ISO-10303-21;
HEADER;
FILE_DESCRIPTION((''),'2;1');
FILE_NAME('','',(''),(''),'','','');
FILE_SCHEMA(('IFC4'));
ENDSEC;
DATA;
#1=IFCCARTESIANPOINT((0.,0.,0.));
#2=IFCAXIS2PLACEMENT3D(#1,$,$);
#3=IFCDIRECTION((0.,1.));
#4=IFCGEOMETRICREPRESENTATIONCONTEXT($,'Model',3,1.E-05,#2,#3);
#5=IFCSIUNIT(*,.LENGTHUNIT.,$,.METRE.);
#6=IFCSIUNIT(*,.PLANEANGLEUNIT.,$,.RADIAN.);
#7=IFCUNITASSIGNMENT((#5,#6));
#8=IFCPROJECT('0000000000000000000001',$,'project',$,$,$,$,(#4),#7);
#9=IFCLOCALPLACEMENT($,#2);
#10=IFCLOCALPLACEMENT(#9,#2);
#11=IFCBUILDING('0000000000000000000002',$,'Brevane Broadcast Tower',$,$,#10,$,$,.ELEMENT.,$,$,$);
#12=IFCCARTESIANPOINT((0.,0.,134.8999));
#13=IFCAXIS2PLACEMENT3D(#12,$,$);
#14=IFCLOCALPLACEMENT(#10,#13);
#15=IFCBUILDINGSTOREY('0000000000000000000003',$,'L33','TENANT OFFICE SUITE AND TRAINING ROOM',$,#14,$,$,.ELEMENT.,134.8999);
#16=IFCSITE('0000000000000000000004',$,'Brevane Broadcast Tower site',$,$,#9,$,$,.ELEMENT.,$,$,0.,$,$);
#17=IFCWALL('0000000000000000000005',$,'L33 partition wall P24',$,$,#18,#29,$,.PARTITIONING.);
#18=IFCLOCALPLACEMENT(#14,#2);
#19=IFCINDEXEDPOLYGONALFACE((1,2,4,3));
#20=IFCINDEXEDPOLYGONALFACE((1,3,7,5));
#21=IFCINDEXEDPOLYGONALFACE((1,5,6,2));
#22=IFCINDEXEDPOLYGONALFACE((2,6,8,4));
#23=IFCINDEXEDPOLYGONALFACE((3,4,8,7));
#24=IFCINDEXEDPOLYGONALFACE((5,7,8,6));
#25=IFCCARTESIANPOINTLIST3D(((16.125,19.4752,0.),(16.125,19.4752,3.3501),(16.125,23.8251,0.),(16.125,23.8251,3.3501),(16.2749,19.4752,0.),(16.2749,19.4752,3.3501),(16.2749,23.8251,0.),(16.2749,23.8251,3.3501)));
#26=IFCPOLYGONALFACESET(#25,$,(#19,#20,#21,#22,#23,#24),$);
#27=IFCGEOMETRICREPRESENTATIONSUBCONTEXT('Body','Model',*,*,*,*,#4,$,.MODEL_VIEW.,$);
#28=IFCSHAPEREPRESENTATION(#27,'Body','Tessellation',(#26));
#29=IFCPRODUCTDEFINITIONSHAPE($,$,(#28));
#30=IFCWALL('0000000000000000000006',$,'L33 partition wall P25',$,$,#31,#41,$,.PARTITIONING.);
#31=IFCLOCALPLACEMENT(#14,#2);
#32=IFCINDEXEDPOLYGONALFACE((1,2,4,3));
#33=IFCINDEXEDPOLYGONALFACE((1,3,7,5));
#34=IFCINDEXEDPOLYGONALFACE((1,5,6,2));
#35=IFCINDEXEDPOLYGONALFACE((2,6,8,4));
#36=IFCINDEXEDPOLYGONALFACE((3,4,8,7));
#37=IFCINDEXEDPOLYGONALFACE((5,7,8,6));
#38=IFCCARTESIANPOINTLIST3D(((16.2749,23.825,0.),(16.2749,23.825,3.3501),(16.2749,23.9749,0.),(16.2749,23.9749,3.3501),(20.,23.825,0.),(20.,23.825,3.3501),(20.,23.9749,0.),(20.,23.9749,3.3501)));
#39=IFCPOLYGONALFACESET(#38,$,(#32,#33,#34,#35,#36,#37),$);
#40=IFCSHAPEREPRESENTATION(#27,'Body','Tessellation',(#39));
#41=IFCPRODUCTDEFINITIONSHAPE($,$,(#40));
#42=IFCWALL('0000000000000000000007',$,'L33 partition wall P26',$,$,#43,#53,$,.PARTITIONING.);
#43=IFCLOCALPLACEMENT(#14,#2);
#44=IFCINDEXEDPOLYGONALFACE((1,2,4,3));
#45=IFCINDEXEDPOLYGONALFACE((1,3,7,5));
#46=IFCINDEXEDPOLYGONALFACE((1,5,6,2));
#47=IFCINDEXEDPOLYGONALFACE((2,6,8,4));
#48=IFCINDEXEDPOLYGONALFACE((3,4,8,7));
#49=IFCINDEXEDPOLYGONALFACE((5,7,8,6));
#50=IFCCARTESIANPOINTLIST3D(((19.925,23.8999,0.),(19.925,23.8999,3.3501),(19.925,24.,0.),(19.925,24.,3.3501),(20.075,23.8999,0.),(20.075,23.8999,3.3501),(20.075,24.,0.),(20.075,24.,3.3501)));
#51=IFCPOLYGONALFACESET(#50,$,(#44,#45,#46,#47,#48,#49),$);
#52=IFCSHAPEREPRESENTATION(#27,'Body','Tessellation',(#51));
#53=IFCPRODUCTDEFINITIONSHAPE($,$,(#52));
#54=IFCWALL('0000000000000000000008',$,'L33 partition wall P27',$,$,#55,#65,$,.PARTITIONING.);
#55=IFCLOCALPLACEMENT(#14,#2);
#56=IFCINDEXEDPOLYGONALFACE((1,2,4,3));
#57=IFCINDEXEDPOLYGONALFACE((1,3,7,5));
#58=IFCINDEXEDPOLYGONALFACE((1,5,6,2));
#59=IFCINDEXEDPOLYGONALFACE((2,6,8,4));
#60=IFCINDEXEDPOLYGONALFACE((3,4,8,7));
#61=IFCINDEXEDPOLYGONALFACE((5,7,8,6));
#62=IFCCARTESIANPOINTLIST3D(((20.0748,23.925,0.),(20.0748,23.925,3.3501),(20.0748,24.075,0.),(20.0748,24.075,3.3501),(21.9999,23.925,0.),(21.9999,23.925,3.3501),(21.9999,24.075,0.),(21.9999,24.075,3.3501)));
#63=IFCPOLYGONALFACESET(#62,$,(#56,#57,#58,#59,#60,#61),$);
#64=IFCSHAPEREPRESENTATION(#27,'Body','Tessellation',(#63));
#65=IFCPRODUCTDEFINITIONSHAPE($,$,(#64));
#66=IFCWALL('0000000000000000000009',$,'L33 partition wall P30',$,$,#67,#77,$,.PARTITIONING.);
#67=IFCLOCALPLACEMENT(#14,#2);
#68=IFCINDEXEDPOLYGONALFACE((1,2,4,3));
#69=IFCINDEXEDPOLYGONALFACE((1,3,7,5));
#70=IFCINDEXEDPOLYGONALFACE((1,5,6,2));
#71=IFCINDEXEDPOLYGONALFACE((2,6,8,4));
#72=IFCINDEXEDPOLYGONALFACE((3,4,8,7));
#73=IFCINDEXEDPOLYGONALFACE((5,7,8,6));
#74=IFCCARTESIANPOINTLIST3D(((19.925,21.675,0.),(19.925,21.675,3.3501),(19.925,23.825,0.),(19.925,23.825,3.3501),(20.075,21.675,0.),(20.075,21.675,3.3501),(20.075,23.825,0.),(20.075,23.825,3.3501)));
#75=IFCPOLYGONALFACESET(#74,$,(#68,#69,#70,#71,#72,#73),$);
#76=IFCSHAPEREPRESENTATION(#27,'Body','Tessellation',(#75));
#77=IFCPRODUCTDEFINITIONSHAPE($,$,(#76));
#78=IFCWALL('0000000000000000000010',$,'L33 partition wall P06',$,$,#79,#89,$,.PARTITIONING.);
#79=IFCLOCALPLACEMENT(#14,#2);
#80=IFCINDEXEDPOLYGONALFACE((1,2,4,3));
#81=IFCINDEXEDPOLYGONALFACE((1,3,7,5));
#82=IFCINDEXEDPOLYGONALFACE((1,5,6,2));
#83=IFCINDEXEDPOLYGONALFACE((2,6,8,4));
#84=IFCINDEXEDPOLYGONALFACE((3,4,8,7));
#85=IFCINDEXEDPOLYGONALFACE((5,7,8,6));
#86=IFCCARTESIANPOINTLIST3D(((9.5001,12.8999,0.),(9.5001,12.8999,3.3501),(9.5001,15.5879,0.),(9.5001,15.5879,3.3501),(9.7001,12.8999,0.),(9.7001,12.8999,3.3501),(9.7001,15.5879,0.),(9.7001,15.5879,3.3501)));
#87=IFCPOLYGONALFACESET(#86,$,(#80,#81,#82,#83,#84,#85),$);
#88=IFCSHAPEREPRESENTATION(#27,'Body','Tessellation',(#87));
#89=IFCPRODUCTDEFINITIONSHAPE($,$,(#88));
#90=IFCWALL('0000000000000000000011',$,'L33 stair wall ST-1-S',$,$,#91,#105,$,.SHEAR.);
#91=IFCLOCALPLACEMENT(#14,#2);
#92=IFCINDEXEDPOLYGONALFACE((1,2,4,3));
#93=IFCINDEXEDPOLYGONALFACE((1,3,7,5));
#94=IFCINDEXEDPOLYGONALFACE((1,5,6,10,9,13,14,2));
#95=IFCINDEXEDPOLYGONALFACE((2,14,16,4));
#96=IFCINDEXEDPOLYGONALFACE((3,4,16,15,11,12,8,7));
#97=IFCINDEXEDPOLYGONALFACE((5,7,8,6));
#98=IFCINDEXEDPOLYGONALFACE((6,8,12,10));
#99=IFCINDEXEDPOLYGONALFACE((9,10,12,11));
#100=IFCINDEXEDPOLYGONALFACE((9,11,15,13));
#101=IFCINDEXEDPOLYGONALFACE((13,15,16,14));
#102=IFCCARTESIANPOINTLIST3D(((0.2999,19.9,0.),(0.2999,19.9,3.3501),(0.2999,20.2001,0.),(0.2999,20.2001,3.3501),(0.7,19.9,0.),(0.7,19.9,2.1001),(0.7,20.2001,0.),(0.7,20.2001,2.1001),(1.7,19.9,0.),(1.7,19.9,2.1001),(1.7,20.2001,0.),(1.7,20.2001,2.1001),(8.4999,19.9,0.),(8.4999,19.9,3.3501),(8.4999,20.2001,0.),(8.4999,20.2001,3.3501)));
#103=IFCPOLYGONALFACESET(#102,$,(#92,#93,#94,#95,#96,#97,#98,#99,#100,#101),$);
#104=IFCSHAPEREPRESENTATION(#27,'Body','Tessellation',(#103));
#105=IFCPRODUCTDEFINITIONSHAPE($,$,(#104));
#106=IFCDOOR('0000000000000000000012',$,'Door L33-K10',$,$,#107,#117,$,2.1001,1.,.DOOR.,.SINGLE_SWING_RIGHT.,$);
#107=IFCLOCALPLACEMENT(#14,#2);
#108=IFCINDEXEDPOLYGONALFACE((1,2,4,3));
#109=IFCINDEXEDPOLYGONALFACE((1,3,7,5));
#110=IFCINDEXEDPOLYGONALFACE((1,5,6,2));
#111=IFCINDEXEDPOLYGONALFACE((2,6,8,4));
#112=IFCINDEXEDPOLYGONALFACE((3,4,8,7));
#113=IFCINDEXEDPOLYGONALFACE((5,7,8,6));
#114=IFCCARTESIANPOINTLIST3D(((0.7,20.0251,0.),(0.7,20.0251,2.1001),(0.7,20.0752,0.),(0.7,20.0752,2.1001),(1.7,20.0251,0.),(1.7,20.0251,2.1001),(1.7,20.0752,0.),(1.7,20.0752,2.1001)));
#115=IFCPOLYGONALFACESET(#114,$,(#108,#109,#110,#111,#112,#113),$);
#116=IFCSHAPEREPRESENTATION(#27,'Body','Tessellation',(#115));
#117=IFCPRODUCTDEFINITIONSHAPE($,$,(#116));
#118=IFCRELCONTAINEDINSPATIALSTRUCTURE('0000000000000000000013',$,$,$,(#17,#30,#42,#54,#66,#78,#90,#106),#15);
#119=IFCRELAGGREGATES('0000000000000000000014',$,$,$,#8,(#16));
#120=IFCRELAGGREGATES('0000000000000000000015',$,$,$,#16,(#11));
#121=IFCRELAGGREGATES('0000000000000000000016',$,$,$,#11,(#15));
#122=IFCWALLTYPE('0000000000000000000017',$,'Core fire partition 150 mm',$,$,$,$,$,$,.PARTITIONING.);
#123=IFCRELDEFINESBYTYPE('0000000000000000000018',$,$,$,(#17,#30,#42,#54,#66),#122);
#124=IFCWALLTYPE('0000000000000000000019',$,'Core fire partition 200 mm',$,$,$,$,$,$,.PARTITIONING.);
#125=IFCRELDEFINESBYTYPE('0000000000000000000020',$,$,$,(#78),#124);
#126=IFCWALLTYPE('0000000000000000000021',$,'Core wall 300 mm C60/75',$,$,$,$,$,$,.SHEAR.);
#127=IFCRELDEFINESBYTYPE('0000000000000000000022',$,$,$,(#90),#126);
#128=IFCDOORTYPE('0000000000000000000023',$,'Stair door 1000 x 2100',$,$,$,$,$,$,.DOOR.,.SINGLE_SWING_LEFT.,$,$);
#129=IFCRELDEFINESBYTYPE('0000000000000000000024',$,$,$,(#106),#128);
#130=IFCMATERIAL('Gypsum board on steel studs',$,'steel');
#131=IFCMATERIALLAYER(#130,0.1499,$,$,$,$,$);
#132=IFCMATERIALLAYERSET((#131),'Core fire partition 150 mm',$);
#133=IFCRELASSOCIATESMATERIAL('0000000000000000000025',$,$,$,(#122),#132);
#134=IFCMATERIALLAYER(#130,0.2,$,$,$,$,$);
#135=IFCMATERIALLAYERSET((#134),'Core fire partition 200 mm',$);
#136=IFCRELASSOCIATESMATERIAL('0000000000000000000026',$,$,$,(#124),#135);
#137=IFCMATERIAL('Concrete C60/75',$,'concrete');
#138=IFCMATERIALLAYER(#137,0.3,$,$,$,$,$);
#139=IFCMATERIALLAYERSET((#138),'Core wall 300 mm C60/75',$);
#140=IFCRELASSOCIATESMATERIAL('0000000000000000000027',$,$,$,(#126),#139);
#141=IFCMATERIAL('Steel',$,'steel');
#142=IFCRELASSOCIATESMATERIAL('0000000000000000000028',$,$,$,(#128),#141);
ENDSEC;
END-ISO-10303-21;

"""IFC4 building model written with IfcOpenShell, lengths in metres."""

from ifc_helpers import new_model, si_unit, direction, frame, frame_2d, origin, place, context, subcontext, project, spatial, rectangle, extrude, material, layer, layer_set, type_object, element, fill, save


model = new_model("IFC4")

# Units and contexts
model_context = context("Model", 3, precision=1e-05, world=origin(), true_north=direction((0.0, 1.0)))
body_context = subcontext(model_context, "Body", "Model", "MODEL_VIEW")
ifc_project = project(units=[si_unit("LENGTHUNIT", "METRE"), si_unit("PLANEANGLEUNIT", "RADIAN")], contexts=[model_context])

# Site, building, storey
site_placement = place(None, origin())
site = spatial("IfcSite", under=ifc_project, at=site_placement, Name="Brevane Broadcast Tower site", CompositionType="ELEMENT", RefElevation=0.0)
building_placement = place(site_placement, origin())
building = spatial("IfcBuilding", under=site, at=building_placement, Name="Brevane Broadcast Tower", CompositionType="ELEMENT")
storey_placement = place(building_placement, frame((0.0, 0.0, 134.8999)))
storey = spatial("IfcBuildingStorey", under=building, at=storey_placement, Name="L33", Description="TENANT OFFICE SUITE AND TRAINING ROOM", CompositionType="ELEMENT", Elevation=134.8999)

# Shared definitions
ifc_material_1 = material(Name="Gypsum board on steel studs", Category="steel")
ifc_layer_1 = layer(ifc_material_1, 0.1499)
ifc_layer_set_1 = layer_set([ifc_layer_1], Name="Core fire partition 150 mm")
wall_type_1 = type_object("IfcWallType", Name="Core fire partition 150 mm", PredefinedType="PARTITIONING", material=ifc_layer_set_1)
ifc_material_2 = material(Name="Steel", Category="steel")

# Walls
wall_1_placement = place(storey_placement, frame((16.2, 23.825, 0.0), z_axis=(0.0, 0.0, 1.0), x_axis=(0.0, -1.0, 0.0)))
element("IfcWall", 1, at=wall_1_placement, inside=storey, type_object=wall_type_1, Name="L33 partition wall P24", PredefinedType="PARTITIONING", context=body_context, shape_type="SweptSolid", body=[
    extrude(rectangle(XDim=4.3499, YDim=0.1499, at=frame_2d((2.1748, 0.0))), origin(), (0.0, 0.0, 1.0), 3.3501),
])
wall_2_placement = place(storey_placement, frame((16.2749, 23.8999, 0.0), z_axis=(0.0, 0.0, 1.0), x_axis=(1.0, 0.0, 0.0)))
element("IfcWall", 2, at=wall_2_placement, inside=storey, type_object=wall_type_1, Name="L33 partition wall P25", PredefinedType="PARTITIONING", context=body_context, shape_type="SweptSolid", body=[
    extrude(rectangle(XDim=3.7251, YDim=0.1499, at=frame_2d((1.8625, 0.0))), origin(), (0.0, 0.0, 1.0), 3.3501),
])
wall_3_placement = place(storey_placement, frame((20.0, 23.8999, 0.0), z_axis=(0.0, 0.0, 1.0), x_axis=(0.0, 1.0, 0.0)))
element("IfcWall", 3, at=wall_3_placement, inside=storey, type_object=wall_type_1, Name="L33 partition wall P26", PredefinedType="PARTITIONING", context=body_context, shape_type="SweptSolid", body=[
    extrude(rectangle(XDim=0.1001, YDim=0.1499, at=frame_2d((0.05, 0.0))), origin(), (0.0, 0.0, 1.0), 3.3501),
])
wall_4_placement = place(storey_placement, frame((20.075, 24.0, 0.0), z_axis=(0.0, 0.0, 1.0), x_axis=(1.0, 0.0, 0.0)))
element("IfcWall", 4, at=wall_4_placement, inside=storey, type_object=wall_type_1, Name="L33 partition wall P27", PredefinedType="PARTITIONING", context=body_context, shape_type="SweptSolid", body=[
    extrude(rectangle(XDim=1.925, YDim=0.1499, at=frame_2d((0.9624, 0.0))), origin(), (0.0, 0.0, 1.0), 3.3501),
])
wall_5_placement = place(storey_placement, frame((20.0, 21.675, 0.0), z_axis=(0.0, 0.0, 1.0), x_axis=(0.0, 1.0, 0.0)))
element("IfcWall", 5, at=wall_5_placement, inside=storey, type_object=wall_type_1, Name="L33 partition wall P30", PredefinedType="PARTITIONING", context=body_context, shape_type="SweptSolid", body=[
    extrude(rectangle(XDim=2.1499, YDim=0.1499, at=frame_2d((1.075, 0.0))), origin(), (0.0, 0.0, 1.0), 3.3501),
])
ifc_layer_2 = layer(ifc_material_1, 0.2)
ifc_layer_set_2 = layer_set([ifc_layer_2], Name="Core fire partition 200 mm")
wall_type_2 = type_object("IfcWallType", Name="Core fire partition 200 mm", PredefinedType="PARTITIONING", material=ifc_layer_set_2)
wall_6_placement = place(storey_placement, frame((9.6001, 15.5879, 0.0), z_axis=(0.0, 0.0, 1.0), x_axis=(0.0, -1.0, 0.0)))
element("IfcWall", 6, at=wall_6_placement, inside=storey, type_object=wall_type_2, Name="L33 partition wall P06", PredefinedType="PARTITIONING", context=body_context, shape_type="SweptSolid", body=[
    extrude(rectangle(XDim=2.688, YDim=0.2, at=frame_2d((1.344, 0.0))), origin(), (0.0, 0.0, 1.0), 3.3501),
])

# Wall, opening, door
ifc_material_3 = material(Name="Concrete C60/75", Category="concrete")
ifc_layer_3 = layer(ifc_material_3, 0.3)
ifc_layer_set_3 = layer_set([ifc_layer_3], Name="Core wall 300 mm C60/75")
wall_type_3 = type_object("IfcWallType", Name="Core wall 300 mm C60/75", PredefinedType="SHEAR", material=ifc_layer_set_3)
wall_7_placement = place(storey_placement, frame((8.5, 20.05, 0.0), z_axis=(0.0, 0.0, 1.0), x_axis=(-1.0, 0.0, 0.0)))
wall_7 = element("IfcWall", 7, at=wall_7_placement, inside=storey, type_object=wall_type_3, Name="L33 stair wall ST-1-S", PredefinedType="SHEAR", context=body_context, shape_type="SweptSolid", body=[
    extrude(rectangle(XDim=8.2, YDim=0.3, at=frame_2d((4.1001, 0.0))), origin(), (0.0, 0.0, 1.0), 3.3501),
])
opening_1_placement = place(wall_7_placement, frame((6.8, 0.0, 0.0)))
opening_1 = element("IfcOpeningElement", 8, at=opening_1_placement, cuts=wall_7, PredefinedType="OPENING", context=body_context, shape_type="SweptSolid", body=[
    extrude(rectangle(XDim=1.0, YDim=2.1001, at=frame_2d((0.5, 1.05))), frame((0.0, 0.1599, 0.0), z_axis=(0.0, -1.0, 0.0), x_axis=(1.0, 0.0, 0.0)), (0.0, 0.0, 1.0), 0.3201),
])
door_type_1 = type_object("IfcDoorType", Name="Stair door 1000 x 2100", OperationType="SINGLE_SWING_LEFT", PredefinedType="DOOR", material=ifc_material_2)
door_1_placement = place(opening_1_placement, origin())
door_1 = element("IfcDoor", 9, at=door_1_placement, inside=storey, type_object=door_type_1, Name="Door L33-K10", OperationType="SINGLE_SWING_RIGHT", OverallHeight=2.1001, OverallWidth=1.0, PredefinedType="DOOR", context=body_context, shape_type="SweptSolid", body=[
    extrude(rectangle(XDim=1.0, YDim=2.1001, at=frame_2d((0.5, 1.05))), frame((0.0, 0.0249, 0.0), z_axis=(0.0, -1.0, 0.0), x_axis=(1.0, 0.0, 0.0)), (0.0, 0.0, 1.0), 0.05),
])
fill(opening_1, door_1)

save(model, "model.ifc")
